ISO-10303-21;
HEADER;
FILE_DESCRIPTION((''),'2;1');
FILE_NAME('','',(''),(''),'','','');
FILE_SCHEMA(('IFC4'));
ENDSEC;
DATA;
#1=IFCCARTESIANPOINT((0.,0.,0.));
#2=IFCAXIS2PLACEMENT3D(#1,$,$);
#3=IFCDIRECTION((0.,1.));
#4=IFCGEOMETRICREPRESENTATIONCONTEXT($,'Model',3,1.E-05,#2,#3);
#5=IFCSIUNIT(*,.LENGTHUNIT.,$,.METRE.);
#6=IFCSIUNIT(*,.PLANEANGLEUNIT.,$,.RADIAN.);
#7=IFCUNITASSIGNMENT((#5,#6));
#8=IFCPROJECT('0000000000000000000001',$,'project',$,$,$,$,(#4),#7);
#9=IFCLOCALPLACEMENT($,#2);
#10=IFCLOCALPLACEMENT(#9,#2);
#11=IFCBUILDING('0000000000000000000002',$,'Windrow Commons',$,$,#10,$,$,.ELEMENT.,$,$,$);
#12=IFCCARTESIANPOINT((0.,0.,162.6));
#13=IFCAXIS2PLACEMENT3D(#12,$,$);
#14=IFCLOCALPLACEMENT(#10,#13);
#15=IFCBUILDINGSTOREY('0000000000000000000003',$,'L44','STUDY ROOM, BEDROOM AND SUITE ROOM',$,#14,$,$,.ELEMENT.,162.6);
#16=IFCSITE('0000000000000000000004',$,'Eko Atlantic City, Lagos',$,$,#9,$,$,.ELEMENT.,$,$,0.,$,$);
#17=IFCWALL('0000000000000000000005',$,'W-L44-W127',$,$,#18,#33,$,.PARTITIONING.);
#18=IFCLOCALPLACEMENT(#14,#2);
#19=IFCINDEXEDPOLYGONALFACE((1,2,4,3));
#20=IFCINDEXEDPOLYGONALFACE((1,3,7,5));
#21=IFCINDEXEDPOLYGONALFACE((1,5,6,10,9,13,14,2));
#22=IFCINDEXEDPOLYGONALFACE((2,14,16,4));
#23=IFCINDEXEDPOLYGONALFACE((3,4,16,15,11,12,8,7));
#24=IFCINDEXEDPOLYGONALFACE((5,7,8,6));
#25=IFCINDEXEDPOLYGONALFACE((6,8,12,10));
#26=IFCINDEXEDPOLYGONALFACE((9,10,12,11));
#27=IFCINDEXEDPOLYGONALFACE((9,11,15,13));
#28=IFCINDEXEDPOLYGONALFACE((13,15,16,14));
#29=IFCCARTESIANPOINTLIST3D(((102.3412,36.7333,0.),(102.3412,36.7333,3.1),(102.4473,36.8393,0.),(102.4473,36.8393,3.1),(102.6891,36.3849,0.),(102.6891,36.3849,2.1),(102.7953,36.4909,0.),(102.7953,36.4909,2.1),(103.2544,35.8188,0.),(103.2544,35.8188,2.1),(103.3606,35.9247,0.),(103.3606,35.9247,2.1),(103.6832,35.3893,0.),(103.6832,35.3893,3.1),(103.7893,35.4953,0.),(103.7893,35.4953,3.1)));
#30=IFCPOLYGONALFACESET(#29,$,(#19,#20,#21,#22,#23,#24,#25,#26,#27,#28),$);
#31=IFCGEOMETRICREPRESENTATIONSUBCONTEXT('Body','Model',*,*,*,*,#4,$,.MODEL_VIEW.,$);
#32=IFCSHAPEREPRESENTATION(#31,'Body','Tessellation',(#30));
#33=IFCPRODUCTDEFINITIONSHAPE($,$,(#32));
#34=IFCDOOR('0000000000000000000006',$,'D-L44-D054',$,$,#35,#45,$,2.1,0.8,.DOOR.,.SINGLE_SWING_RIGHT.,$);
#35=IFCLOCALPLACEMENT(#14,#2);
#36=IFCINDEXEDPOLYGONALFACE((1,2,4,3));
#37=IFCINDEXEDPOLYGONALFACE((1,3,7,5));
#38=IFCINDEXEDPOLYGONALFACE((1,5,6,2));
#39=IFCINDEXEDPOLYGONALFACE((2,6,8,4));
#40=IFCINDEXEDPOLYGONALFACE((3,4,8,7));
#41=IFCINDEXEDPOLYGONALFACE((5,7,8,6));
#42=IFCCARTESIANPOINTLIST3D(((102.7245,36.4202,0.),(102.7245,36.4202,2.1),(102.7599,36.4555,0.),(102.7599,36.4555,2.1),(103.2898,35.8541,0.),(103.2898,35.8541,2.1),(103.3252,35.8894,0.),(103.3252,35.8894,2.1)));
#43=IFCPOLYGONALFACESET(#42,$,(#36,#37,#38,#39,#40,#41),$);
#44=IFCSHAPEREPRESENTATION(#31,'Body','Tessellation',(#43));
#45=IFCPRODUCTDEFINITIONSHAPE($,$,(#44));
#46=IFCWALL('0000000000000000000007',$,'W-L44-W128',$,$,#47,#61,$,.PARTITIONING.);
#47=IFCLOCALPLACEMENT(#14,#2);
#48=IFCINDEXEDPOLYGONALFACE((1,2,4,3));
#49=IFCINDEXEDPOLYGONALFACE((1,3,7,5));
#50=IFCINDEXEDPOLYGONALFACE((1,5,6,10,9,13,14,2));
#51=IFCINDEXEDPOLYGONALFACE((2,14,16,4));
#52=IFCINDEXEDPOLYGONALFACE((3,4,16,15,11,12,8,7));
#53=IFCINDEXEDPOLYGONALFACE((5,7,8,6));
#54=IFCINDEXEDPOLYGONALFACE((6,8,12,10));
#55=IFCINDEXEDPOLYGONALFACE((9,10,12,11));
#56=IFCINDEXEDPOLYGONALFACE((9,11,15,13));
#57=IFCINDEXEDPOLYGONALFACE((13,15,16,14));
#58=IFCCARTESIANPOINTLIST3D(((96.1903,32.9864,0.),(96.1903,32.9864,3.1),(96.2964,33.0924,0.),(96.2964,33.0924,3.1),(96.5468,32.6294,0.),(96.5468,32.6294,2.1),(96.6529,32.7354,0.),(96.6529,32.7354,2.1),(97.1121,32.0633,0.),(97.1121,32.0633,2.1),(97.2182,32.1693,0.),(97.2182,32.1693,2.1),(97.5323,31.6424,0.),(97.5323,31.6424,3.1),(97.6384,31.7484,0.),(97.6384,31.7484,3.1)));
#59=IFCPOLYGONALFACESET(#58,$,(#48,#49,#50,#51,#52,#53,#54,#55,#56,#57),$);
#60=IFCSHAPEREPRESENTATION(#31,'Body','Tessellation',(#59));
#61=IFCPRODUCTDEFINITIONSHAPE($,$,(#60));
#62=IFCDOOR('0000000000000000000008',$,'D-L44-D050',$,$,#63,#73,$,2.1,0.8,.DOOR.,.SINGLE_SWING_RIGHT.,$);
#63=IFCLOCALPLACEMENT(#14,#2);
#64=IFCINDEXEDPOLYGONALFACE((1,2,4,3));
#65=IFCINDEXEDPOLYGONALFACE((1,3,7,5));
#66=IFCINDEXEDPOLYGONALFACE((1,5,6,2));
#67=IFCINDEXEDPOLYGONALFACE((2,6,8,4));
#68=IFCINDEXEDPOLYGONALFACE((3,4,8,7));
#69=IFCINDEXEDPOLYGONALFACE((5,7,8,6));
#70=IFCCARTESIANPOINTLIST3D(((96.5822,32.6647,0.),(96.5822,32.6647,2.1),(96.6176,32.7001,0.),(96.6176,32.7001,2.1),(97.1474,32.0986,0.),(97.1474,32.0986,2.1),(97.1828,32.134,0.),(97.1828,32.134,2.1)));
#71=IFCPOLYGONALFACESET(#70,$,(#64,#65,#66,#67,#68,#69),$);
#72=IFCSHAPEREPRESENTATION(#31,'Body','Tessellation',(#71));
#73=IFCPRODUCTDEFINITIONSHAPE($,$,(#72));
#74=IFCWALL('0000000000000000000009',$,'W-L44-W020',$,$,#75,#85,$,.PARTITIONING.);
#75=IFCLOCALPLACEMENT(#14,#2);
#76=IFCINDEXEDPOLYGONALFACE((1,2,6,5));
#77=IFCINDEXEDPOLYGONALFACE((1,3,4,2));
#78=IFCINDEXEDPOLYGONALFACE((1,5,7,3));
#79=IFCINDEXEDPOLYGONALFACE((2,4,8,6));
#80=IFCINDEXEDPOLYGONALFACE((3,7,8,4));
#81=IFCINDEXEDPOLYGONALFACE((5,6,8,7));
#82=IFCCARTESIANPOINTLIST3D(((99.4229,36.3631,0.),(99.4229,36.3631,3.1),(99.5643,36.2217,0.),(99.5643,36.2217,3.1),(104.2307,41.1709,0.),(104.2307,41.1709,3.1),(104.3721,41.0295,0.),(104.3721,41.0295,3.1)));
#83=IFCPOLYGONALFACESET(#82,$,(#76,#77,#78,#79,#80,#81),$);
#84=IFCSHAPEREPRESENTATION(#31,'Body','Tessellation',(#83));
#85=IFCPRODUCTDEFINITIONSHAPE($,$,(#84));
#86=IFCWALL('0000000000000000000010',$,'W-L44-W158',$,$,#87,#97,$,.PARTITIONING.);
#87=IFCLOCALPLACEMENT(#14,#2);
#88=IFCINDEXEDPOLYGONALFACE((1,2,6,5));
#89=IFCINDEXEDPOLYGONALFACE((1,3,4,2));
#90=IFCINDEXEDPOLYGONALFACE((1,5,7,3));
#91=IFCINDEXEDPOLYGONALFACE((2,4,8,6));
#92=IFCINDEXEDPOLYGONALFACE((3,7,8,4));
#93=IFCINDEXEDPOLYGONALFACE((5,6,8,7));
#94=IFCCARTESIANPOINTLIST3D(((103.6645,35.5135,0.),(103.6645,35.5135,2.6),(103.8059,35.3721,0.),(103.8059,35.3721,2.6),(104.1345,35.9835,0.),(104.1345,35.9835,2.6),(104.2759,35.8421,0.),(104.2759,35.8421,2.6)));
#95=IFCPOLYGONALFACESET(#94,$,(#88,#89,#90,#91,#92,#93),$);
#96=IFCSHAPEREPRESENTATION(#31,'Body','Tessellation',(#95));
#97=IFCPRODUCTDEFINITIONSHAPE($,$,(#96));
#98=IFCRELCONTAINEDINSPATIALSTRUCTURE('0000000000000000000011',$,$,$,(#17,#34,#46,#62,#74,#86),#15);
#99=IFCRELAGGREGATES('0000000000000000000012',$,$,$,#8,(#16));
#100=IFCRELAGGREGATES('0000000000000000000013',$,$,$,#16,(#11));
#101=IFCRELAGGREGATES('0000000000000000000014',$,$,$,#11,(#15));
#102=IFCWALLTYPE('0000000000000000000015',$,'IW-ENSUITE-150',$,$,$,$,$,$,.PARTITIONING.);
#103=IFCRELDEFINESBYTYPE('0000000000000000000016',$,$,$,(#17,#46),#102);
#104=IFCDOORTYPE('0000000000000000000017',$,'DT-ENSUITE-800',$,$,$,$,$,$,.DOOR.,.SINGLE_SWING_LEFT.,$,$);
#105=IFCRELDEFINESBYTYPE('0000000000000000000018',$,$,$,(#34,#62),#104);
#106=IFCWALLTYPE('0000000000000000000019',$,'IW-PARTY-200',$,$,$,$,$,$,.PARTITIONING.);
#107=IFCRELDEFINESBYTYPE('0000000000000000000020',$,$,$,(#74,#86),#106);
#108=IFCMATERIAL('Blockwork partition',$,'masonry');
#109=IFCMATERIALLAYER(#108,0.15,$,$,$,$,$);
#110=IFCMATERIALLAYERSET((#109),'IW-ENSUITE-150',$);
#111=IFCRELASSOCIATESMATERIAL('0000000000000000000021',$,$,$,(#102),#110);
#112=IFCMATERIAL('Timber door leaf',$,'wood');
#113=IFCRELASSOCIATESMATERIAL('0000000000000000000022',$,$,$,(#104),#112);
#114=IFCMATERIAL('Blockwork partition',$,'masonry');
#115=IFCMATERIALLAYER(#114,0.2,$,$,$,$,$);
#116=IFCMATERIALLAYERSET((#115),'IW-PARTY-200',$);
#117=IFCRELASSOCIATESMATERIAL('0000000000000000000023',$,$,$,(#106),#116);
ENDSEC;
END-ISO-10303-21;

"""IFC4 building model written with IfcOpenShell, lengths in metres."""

from ifc_helpers import new_model, si_unit, direction, frame, frame_2d, origin, place, context, subcontext, project, spatial, rectangle, extrude, material, layer, layer_set, type_object, element, fill, save


model = new_model("IFC4")

# Units and contexts
model_context = context("Model", 3, precision=1e-05, world=origin(), true_north=direction((0.0, 1.0)))
body_context = subcontext(model_context, "Body", "Model", "MODEL_VIEW")
ifc_project = project(units=[si_unit("LENGTHUNIT", "METRE"), si_unit("PLANEANGLEUNIT", "RADIAN")], contexts=[model_context])

# Site, building, storey
site_placement = place(None, origin())
site = spatial("IfcSite", under=ifc_project, at=site_placement, Name="Eko Atlantic City, Lagos", CompositionType="ELEMENT", RefElevation=0.0)
building_placement = place(site_placement, origin())
building = spatial("IfcBuilding", under=site, at=building_placement, Name="Windrow Commons", CompositionType="ELEMENT")
storey_placement = place(building_placement, frame((0.0, 0.0, 162.6)))
storey = spatial("IfcBuildingStorey", under=building, at=storey_placement, Name="L44", Description="STUDY ROOM, BEDROOM AND SUITE ROOM", CompositionType="ELEMENT", Elevation=162.6)

# Shared definitions
ifc_material_1 = material(Name="Blockwork partition", Category="masonry")
ifc_layer_1 = layer(ifc_material_1, 0.15)
ifc_layer_set_1 = layer_set([ifc_layer_1], Name="IW-ENSUITE-150")
wall_type_1 = type_object("IfcWallType", Name="IW-ENSUITE-150", PredefinedType="PARTITIONING", material=ifc_layer_set_1)

# Walls, openings, doors
ifc_material_2 = material(Name="Timber door leaf", Category="wood")
door_type = type_object("IfcDoorType", Name="DT-ENSUITE-800", OperationType="SINGLE_SWING_LEFT", PredefinedType="DOOR", material=ifc_material_2)
wall_1_placement = place(storey_placement, frame((102.3943, 36.7863, 0.0), z_axis=(0.0, 0.0, 1.0), x_axis=(0.70658, -0.707633, 0.0)))
wall_1 = element("IfcWall", 1, at=wall_1_placement, inside=storey, type_object=wall_type_1, Name="W-L44-W127", PredefinedType="PARTITIONING", context=body_context, shape_type="SweptSolid", body=[
    extrude(rectangle(XDim=1.8993, YDim=0.15, at=frame_2d((0.9496, 0.0))), origin(), (0.0, 0.0, 1.0), 3.1),
])
opening_1_placement = place(wall_1_placement, frame((0.4924, 0.0, 0.0)))
opening_1 = element("IfcOpeningElement", 2, at=opening_1_placement, cuts=wall_1, PredefinedType="OPENING", context=body_context, shape_type="SweptSolid", body=[
    extrude(rectangle(XDim=0.8, YDim=2.1, at=frame_2d((0.4, 1.05))), frame((0.0, 0.085, 0.0), z_axis=(0.0, -1.0, 0.0), x_axis=(1.0, 0.0, 0.0)), (0.0, 0.0, 1.0), 0.17),
])
door_1_placement = place(opening_1_placement, origin())
door_1 = element("IfcDoor", 3, at=door_1_placement, inside=storey, type_object=door_type, Name="D-L44-D054", OperationType="SINGLE_SWING_RIGHT", OverallHeight=2.1, OverallWidth=0.8, PredefinedType="DOOR", context=body_context, shape_type="SweptSolid", body=[
    extrude(rectangle(XDim=0.8, YDim=2.1, at=frame_2d((0.4, 1.05))), frame((0.0, 0.025, 0.0), z_axis=(0.0, -1.0, 0.0), x_axis=(1.0, 0.0, 0.0)), (0.0, 0.0, 1.0), 0.05),
])
fill(opening_1, door_1)
wall_2_placement = place(storey_placement, frame((96.2434, 33.0394, 0.0), z_axis=(0.0, 0.0, 1.0), x_axis=(0.70658, -0.707633, 0.0)))
wall_2 = element("IfcWall", 4, at=wall_2_placement, inside=storey, type_object=wall_type_1, Name="W-L44-W128", PredefinedType="PARTITIONING", context=body_context, shape_type="SweptSolid", body=[
    extrude(rectangle(XDim=1.8993, YDim=0.15, at=frame_2d((0.9496, 0.0))), origin(), (0.0, 0.0, 1.0), 3.1),
])
opening_2_placement = place(wall_2_placement, frame((0.5045, 0.0, 0.0)))
opening_2 = element("IfcOpeningElement", 5, at=opening_2_placement, cuts=wall_2, PredefinedType="OPENING", context=body_context, shape_type="SweptSolid", body=[
    extrude(rectangle(XDim=0.8, YDim=2.1, at=frame_2d((0.4, 1.05))), frame((0.0, 0.085, 0.0), z_axis=(0.0, -1.0, 0.0), x_axis=(1.0, 0.0, 0.0)), (0.0, 0.0, 1.0), 0.17),
])
door_2_placement = place(opening_2_placement, origin())
door_2 = element("IfcDoor", 6, at=door_2_placement, inside=storey, type_object=door_type, Name="D-L44-D050", OperationType="SINGLE_SWING_RIGHT", OverallHeight=2.1, OverallWidth=0.8, PredefinedType="DOOR", context=body_context, shape_type="SweptSolid", body=[
    extrude(rectangle(XDim=0.8, YDim=2.1, at=frame_2d((0.4, 1.05))), frame((0.0, 0.025, 0.0), z_axis=(0.0, -1.0, 0.0), x_axis=(1.0, 0.0, 0.0)), (0.0, 0.0, 1.0), 0.05),
])
fill(opening_2, door_2)

# Walls
ifc_material_3 = material(Name="Blockwork partition", Category="masonry")
ifc_layer_2 = layer(ifc_material_3, 0.2)
ifc_layer_set_2 = layer_set([ifc_layer_2], Name="IW-PARTY-200")
wall_type_2 = type_object("IfcWallType", Name="IW-PARTY-200", PredefinedType="PARTITIONING", material=ifc_layer_set_2)
wall_3_placement = place(storey_placement, frame((99.4936, 36.2924, 0.0), z_axis=(0.0, 0.0, 1.0), x_axis=(0.707107, 0.707107, 0.0)))
element("IfcWall", 7, at=wall_3_placement, inside=storey, type_object=wall_type_2, Name="W-L44-W020", PredefinedType="PARTITIONING", context=body_context, shape_type="SweptSolid", body=[
    extrude(rectangle(XDim=6.7993, YDim=0.2, at=frame_2d((3.3996, 0.0))), origin(), (0.0, 0.0, 1.0), 3.1),
])
wall_4_placement = place(storey_placement, frame((103.7352, 35.4428, 0.0), z_axis=(0.0, 0.0, 1.0), x_axis=(0.707107, 0.707107, 0.0)))
element("IfcWall", 8, at=wall_4_placement, inside=storey, type_object=wall_type_2, Name="W-L44-W158", PredefinedType="PARTITIONING", context=body_context, shape_type="SweptSolid", body=[
    extrude(rectangle(XDim=0.6647, YDim=0.2, at=frame_2d((0.3323, 0.0))), origin(), (0.0, 0.0, 1.0), 2.6),
])

save(model, "model.ifc")
